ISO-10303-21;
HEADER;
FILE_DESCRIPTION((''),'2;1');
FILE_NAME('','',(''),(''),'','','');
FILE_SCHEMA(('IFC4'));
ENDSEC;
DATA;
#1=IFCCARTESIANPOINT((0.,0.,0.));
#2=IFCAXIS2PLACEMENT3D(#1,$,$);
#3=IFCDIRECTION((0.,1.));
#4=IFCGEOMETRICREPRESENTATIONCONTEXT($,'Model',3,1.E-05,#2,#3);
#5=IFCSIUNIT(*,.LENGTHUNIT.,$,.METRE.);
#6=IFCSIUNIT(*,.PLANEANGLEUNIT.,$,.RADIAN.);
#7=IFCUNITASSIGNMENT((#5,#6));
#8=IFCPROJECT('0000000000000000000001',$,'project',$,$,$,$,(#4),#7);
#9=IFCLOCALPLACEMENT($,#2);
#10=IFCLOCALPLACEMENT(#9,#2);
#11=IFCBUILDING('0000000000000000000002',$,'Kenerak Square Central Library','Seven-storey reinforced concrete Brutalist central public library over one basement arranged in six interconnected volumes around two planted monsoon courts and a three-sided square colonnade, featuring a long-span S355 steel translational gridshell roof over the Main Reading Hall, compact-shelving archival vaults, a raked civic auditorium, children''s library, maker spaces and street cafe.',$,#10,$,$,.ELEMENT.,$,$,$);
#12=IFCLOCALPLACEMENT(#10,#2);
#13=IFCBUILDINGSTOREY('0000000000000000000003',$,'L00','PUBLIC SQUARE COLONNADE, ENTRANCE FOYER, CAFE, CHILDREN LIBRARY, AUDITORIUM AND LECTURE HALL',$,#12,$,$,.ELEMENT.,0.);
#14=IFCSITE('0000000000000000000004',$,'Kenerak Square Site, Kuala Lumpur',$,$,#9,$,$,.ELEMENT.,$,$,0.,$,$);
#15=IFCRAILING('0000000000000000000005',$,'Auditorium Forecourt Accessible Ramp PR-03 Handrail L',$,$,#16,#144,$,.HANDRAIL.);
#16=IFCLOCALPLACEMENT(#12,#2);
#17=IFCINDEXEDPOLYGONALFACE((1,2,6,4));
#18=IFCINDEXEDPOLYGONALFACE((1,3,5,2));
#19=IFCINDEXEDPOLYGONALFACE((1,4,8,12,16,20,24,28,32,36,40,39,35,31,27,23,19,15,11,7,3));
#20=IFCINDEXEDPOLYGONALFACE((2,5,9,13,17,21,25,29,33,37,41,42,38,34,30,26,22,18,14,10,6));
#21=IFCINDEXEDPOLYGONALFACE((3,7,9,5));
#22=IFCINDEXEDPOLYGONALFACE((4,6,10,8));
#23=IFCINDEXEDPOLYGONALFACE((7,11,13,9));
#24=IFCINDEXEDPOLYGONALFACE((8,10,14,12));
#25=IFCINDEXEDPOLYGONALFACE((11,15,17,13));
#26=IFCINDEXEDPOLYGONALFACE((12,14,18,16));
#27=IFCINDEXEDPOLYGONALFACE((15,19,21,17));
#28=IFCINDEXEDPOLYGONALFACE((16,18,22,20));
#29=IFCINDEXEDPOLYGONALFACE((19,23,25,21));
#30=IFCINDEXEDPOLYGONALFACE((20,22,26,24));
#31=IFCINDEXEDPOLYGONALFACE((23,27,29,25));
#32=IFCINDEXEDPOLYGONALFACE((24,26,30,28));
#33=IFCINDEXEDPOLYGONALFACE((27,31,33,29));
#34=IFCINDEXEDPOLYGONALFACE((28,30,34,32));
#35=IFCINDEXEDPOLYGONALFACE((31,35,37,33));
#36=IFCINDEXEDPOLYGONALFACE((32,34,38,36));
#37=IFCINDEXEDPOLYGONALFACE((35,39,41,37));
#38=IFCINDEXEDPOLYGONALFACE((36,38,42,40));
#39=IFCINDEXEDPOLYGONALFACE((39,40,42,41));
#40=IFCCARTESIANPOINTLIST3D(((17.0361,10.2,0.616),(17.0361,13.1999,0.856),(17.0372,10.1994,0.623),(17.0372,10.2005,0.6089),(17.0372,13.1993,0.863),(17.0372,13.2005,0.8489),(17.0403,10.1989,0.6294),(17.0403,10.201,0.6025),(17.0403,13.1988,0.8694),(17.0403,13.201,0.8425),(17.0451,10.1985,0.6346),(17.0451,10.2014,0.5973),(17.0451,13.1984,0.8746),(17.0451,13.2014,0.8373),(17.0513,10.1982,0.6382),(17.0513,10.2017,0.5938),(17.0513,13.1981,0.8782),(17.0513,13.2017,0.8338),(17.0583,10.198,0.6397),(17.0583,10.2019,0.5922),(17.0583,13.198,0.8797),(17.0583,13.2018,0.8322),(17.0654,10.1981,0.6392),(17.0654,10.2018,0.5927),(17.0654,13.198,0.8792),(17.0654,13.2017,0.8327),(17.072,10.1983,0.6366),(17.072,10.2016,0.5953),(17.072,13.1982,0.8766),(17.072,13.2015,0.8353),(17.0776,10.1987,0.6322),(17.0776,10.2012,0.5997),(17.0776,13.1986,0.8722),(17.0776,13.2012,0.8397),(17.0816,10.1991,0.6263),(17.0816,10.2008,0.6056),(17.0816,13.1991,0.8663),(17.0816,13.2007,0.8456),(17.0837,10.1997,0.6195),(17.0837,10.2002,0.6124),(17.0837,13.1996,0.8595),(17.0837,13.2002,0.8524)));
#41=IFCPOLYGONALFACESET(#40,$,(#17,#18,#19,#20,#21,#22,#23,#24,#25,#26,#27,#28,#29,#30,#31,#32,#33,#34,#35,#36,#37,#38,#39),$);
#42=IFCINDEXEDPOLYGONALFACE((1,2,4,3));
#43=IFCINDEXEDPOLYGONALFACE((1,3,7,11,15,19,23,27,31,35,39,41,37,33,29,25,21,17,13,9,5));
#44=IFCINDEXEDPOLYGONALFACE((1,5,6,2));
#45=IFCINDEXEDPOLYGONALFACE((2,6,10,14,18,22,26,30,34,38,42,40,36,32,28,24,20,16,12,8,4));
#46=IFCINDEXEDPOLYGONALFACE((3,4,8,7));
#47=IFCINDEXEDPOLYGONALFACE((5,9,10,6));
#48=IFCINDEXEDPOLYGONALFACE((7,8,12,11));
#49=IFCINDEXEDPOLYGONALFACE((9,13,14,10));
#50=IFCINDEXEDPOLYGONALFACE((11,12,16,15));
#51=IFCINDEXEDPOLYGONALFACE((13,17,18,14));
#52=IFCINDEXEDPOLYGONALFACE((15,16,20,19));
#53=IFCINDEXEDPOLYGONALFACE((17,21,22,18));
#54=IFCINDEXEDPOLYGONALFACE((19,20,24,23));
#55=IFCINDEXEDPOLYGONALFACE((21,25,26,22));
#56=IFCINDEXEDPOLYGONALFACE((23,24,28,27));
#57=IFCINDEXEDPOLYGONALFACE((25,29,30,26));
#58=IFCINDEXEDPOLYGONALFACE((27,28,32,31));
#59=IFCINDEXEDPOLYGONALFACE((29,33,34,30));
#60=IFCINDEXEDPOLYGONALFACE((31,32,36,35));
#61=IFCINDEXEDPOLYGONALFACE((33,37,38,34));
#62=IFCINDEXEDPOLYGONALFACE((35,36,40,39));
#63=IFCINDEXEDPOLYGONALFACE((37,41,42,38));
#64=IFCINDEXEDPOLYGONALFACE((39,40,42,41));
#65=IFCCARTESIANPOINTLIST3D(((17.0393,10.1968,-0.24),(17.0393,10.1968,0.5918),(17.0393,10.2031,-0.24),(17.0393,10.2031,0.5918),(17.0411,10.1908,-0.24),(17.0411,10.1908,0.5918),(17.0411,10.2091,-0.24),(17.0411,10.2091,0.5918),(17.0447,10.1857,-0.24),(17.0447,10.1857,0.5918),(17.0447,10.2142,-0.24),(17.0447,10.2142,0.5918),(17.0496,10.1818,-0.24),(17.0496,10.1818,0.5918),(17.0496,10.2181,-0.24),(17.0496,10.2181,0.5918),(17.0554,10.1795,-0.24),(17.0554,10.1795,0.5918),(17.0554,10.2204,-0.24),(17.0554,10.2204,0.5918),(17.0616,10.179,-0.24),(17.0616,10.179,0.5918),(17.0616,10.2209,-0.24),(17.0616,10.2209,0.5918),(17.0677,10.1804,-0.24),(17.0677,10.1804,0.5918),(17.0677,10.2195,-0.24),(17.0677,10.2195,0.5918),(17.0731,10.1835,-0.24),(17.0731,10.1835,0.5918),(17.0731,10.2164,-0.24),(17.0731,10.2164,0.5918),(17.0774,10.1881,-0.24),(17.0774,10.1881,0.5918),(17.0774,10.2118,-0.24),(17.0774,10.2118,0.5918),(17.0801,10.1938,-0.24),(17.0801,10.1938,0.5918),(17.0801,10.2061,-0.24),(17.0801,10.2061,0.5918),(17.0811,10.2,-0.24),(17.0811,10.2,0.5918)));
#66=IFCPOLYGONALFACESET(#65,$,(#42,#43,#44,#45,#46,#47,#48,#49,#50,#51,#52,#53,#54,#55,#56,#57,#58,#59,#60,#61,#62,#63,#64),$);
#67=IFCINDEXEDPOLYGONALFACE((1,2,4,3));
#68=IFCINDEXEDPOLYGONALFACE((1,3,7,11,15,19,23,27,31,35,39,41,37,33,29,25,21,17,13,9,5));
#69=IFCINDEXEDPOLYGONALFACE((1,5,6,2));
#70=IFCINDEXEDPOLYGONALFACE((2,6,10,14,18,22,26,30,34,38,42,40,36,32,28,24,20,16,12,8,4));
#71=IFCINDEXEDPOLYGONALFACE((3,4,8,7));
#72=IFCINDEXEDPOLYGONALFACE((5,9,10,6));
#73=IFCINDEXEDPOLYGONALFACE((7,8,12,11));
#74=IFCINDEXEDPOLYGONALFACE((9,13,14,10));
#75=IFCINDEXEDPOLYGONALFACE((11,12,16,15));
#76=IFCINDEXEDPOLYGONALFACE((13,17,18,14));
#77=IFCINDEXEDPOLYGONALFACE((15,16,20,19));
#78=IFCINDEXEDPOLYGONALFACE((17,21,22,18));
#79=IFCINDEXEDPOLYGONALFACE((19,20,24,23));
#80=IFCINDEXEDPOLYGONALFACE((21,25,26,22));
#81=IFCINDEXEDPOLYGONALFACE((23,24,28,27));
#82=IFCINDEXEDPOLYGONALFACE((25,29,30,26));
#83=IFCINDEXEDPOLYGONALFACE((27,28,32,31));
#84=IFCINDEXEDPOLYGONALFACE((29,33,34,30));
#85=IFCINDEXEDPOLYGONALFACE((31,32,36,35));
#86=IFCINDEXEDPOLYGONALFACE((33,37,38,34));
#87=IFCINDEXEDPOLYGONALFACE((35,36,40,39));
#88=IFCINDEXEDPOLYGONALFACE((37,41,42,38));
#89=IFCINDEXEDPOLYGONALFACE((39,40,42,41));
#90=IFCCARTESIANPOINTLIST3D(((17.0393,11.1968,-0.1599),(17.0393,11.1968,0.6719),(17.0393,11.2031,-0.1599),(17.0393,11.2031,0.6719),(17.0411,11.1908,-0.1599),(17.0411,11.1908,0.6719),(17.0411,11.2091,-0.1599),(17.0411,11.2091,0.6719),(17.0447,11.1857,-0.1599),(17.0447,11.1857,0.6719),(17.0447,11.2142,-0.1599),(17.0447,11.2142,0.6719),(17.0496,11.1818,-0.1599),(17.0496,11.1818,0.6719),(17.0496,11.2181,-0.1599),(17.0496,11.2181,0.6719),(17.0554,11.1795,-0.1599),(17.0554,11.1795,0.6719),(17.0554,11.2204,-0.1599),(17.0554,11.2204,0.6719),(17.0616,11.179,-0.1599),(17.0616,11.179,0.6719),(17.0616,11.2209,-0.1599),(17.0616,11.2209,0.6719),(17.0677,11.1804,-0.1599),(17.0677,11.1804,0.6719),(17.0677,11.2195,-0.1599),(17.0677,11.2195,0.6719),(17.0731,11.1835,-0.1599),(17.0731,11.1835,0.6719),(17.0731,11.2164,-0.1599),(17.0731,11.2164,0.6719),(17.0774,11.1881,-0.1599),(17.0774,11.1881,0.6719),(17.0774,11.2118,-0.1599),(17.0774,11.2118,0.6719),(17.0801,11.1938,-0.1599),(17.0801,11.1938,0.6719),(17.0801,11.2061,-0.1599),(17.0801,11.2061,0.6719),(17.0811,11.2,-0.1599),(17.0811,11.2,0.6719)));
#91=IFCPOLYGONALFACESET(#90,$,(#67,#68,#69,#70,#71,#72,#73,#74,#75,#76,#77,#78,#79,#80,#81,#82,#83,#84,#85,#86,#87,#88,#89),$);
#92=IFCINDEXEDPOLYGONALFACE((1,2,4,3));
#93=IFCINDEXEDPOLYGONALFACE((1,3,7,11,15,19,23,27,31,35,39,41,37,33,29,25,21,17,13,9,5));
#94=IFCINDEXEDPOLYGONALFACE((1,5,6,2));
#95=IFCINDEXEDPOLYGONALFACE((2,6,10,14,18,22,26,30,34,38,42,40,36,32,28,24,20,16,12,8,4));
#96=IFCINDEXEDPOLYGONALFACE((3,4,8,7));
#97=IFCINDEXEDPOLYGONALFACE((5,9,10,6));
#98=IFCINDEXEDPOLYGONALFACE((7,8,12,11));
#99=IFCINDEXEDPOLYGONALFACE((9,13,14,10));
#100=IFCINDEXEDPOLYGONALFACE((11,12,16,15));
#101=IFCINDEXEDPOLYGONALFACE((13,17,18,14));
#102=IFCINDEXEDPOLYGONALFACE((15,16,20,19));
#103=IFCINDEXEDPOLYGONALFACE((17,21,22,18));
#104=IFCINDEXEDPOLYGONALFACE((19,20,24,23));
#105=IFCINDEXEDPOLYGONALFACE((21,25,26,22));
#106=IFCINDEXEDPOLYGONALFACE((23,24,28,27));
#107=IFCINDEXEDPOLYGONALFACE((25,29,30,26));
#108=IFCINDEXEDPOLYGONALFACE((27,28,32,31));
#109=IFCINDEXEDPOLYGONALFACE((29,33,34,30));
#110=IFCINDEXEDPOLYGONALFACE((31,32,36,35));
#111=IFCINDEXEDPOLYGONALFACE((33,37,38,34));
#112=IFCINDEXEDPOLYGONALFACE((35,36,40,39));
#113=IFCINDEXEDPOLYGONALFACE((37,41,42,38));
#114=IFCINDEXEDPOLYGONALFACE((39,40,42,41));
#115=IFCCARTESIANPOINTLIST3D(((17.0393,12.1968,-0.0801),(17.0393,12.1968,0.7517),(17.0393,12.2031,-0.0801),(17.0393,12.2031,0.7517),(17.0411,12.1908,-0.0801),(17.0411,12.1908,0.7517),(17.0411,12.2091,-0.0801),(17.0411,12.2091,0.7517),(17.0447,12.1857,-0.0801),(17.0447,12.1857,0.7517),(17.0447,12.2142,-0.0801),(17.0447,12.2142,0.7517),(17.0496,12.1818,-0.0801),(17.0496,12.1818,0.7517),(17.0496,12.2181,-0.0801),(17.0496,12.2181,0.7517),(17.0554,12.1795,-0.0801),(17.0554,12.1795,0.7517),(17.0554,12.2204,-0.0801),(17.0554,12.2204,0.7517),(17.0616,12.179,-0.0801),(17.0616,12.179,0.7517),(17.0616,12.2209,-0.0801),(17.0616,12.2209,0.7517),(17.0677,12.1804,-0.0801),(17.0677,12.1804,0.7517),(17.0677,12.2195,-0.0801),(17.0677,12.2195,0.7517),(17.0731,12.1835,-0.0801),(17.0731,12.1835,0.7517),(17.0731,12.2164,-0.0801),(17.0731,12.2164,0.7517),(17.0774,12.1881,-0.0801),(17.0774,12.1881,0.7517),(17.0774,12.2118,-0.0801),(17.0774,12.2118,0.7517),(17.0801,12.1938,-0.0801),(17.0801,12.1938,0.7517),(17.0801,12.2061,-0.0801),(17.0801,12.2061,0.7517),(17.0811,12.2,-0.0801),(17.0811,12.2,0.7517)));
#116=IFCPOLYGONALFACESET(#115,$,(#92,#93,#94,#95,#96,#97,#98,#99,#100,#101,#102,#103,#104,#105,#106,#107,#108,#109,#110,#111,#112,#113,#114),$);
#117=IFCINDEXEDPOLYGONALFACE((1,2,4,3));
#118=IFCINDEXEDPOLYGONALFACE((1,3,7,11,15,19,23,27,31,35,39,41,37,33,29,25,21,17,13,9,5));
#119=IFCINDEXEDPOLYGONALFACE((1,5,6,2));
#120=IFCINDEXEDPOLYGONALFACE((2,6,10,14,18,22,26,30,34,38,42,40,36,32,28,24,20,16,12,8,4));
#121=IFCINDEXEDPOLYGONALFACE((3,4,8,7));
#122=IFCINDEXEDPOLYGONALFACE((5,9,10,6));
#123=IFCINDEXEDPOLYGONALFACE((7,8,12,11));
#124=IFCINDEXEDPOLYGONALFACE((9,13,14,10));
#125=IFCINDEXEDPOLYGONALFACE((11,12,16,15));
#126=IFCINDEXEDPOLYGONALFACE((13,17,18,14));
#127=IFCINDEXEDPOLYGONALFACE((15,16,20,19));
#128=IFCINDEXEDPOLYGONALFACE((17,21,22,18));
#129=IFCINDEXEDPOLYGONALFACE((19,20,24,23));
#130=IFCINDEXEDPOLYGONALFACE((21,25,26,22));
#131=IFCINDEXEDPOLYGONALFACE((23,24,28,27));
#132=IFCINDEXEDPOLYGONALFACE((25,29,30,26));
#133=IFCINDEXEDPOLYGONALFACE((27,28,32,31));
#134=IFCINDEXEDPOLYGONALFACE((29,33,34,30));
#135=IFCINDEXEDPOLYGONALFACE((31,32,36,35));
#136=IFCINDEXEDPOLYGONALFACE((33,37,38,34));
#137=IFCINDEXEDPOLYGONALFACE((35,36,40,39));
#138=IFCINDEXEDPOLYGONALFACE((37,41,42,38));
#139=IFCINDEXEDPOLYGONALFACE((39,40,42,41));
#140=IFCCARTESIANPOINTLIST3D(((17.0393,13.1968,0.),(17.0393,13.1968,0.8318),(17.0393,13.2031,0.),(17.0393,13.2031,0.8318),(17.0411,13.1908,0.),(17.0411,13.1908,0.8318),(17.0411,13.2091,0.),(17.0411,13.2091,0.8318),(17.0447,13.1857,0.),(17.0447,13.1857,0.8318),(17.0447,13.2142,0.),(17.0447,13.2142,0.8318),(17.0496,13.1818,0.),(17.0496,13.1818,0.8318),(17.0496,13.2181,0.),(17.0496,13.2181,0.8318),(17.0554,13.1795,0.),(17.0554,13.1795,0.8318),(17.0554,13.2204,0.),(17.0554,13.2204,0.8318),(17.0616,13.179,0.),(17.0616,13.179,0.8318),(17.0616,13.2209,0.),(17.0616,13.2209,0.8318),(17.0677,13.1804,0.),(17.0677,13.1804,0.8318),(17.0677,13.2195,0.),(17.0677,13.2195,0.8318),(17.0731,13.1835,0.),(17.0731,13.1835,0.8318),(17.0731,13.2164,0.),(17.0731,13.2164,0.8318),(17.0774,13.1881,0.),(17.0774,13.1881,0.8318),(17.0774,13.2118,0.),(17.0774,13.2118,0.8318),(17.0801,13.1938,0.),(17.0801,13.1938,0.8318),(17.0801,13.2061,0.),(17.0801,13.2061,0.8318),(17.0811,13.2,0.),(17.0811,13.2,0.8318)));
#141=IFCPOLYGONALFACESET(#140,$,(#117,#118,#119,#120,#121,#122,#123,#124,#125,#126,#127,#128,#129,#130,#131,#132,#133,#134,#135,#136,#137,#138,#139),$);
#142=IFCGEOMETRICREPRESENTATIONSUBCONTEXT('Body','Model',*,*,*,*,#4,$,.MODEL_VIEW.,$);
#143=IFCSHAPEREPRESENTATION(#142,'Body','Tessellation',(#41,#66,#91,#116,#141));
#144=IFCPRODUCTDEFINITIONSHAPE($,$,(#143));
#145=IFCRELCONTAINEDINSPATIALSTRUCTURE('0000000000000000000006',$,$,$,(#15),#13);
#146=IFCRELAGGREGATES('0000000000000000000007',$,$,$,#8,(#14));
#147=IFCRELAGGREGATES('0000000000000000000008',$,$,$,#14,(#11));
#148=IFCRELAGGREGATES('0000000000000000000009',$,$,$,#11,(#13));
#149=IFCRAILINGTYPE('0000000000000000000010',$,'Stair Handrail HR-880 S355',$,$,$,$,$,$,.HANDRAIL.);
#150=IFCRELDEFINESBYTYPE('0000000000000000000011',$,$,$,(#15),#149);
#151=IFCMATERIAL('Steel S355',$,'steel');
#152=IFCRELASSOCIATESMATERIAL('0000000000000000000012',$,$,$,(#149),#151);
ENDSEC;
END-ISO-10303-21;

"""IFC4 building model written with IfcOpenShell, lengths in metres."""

from ifc_helpers import new_model, si_unit, direction, frame, origin, origin_2d, place, context, subcontext, project, spatial, circle, extrude, material, type_object, element, save


model = new_model("IFC4")

# Units and contexts
model_context = context("Model", 3, precision=1e-05, world=origin(), true_north=direction((0.0, 1.0)))
body_context = subcontext(model_context, "Body", "Model", "MODEL_VIEW")
ifc_project = project(units=[si_unit("LENGTHUNIT", "METRE"), si_unit("PLANEANGLEUNIT", "RADIAN")], contexts=[model_context])

# Site, building, storey
site_placement = place(None, origin())
site = spatial("IfcSite", under=ifc_project, at=site_placement, Name="Kenerak Square Site, Kuala Lumpur", CompositionType="ELEMENT", RefElevation=0.0)
building_placement = place(site_placement, origin())
building = spatial("IfcBuilding", under=site, at=building_placement, Name="Kenerak Square Central Library", Description="Seven-storey reinforced concrete Brutalist central public library over one basement arranged in six interconnected volumes around two planted monsoon courts and a three-sided square colonnade, featuring a long-span S355 steel translational gridshell roof over the Main Reading Hall, compact-shelving archival vaults, a raked civic auditorium, children's library, maker spaces and street cafe.", CompositionType="ELEMENT")
storey_placement = place(building_placement, origin())
storey = spatial("IfcBuildingStorey", under=building, at=storey_placement, Name="L00", Description="PUBLIC SQUARE COLONNADE, ENTRANCE FOYER, CAFE, CHILDREN LIBRARY, AUDITORIUM AND LECTURE HALL", CompositionType="ELEMENT", Elevation=0.0)

# Shared definitions
ifc_material_1 = material(Name="Steel S355", Category="steel")

# Railing
railing_type = type_object("IfcRailingType", Name="Stair Handrail HR-880 S355", PredefinedType="HANDRAIL", material=ifc_material_1)
for number, where, name in (
    (1, (17.0601, 10.2, -0.24), "Auditorium Forecourt Accessible Ramp PR-03 Handrail L"),
):
    element("IfcRailing", number, at=place(storey_placement, frame(where)), inside=storey, type_object=railing_type, Name=name, PredefinedType="HANDRAIL", context=body_context, shape_type="SweptSolid", body=[
        extrude(circle(Radius=0.0239, at=origin_2d()), frame((0.0, 0.0, 0.856), z_axis=(0.0, 0.996816, 0.079742), x_axis=(-1.0, 0.0, 0.0)), (0.0, 0.0, 1.0), 3.0095),
        extrude(circle(Radius=0.021, at=origin_2d()), origin(), (0.0, 0.0, 1.0), 0.8318),
        extrude(circle(Radius=0.021, at=origin_2d()), frame((0.0, 1.0, 0.0801)), (0.0, 0.0, 1.0), 0.8318),
        extrude(circle(Radius=0.021, at=origin_2d()), frame((0.0, 2.0, 0.1599)), (0.0, 0.0, 1.0), 0.8318),
        extrude(circle(Radius=0.021, at=origin_2d()), frame((0.0, 3.0, 0.24)), (0.0, 0.0, 1.0), 0.8318),
    ])

save(model, "model.ifc")
